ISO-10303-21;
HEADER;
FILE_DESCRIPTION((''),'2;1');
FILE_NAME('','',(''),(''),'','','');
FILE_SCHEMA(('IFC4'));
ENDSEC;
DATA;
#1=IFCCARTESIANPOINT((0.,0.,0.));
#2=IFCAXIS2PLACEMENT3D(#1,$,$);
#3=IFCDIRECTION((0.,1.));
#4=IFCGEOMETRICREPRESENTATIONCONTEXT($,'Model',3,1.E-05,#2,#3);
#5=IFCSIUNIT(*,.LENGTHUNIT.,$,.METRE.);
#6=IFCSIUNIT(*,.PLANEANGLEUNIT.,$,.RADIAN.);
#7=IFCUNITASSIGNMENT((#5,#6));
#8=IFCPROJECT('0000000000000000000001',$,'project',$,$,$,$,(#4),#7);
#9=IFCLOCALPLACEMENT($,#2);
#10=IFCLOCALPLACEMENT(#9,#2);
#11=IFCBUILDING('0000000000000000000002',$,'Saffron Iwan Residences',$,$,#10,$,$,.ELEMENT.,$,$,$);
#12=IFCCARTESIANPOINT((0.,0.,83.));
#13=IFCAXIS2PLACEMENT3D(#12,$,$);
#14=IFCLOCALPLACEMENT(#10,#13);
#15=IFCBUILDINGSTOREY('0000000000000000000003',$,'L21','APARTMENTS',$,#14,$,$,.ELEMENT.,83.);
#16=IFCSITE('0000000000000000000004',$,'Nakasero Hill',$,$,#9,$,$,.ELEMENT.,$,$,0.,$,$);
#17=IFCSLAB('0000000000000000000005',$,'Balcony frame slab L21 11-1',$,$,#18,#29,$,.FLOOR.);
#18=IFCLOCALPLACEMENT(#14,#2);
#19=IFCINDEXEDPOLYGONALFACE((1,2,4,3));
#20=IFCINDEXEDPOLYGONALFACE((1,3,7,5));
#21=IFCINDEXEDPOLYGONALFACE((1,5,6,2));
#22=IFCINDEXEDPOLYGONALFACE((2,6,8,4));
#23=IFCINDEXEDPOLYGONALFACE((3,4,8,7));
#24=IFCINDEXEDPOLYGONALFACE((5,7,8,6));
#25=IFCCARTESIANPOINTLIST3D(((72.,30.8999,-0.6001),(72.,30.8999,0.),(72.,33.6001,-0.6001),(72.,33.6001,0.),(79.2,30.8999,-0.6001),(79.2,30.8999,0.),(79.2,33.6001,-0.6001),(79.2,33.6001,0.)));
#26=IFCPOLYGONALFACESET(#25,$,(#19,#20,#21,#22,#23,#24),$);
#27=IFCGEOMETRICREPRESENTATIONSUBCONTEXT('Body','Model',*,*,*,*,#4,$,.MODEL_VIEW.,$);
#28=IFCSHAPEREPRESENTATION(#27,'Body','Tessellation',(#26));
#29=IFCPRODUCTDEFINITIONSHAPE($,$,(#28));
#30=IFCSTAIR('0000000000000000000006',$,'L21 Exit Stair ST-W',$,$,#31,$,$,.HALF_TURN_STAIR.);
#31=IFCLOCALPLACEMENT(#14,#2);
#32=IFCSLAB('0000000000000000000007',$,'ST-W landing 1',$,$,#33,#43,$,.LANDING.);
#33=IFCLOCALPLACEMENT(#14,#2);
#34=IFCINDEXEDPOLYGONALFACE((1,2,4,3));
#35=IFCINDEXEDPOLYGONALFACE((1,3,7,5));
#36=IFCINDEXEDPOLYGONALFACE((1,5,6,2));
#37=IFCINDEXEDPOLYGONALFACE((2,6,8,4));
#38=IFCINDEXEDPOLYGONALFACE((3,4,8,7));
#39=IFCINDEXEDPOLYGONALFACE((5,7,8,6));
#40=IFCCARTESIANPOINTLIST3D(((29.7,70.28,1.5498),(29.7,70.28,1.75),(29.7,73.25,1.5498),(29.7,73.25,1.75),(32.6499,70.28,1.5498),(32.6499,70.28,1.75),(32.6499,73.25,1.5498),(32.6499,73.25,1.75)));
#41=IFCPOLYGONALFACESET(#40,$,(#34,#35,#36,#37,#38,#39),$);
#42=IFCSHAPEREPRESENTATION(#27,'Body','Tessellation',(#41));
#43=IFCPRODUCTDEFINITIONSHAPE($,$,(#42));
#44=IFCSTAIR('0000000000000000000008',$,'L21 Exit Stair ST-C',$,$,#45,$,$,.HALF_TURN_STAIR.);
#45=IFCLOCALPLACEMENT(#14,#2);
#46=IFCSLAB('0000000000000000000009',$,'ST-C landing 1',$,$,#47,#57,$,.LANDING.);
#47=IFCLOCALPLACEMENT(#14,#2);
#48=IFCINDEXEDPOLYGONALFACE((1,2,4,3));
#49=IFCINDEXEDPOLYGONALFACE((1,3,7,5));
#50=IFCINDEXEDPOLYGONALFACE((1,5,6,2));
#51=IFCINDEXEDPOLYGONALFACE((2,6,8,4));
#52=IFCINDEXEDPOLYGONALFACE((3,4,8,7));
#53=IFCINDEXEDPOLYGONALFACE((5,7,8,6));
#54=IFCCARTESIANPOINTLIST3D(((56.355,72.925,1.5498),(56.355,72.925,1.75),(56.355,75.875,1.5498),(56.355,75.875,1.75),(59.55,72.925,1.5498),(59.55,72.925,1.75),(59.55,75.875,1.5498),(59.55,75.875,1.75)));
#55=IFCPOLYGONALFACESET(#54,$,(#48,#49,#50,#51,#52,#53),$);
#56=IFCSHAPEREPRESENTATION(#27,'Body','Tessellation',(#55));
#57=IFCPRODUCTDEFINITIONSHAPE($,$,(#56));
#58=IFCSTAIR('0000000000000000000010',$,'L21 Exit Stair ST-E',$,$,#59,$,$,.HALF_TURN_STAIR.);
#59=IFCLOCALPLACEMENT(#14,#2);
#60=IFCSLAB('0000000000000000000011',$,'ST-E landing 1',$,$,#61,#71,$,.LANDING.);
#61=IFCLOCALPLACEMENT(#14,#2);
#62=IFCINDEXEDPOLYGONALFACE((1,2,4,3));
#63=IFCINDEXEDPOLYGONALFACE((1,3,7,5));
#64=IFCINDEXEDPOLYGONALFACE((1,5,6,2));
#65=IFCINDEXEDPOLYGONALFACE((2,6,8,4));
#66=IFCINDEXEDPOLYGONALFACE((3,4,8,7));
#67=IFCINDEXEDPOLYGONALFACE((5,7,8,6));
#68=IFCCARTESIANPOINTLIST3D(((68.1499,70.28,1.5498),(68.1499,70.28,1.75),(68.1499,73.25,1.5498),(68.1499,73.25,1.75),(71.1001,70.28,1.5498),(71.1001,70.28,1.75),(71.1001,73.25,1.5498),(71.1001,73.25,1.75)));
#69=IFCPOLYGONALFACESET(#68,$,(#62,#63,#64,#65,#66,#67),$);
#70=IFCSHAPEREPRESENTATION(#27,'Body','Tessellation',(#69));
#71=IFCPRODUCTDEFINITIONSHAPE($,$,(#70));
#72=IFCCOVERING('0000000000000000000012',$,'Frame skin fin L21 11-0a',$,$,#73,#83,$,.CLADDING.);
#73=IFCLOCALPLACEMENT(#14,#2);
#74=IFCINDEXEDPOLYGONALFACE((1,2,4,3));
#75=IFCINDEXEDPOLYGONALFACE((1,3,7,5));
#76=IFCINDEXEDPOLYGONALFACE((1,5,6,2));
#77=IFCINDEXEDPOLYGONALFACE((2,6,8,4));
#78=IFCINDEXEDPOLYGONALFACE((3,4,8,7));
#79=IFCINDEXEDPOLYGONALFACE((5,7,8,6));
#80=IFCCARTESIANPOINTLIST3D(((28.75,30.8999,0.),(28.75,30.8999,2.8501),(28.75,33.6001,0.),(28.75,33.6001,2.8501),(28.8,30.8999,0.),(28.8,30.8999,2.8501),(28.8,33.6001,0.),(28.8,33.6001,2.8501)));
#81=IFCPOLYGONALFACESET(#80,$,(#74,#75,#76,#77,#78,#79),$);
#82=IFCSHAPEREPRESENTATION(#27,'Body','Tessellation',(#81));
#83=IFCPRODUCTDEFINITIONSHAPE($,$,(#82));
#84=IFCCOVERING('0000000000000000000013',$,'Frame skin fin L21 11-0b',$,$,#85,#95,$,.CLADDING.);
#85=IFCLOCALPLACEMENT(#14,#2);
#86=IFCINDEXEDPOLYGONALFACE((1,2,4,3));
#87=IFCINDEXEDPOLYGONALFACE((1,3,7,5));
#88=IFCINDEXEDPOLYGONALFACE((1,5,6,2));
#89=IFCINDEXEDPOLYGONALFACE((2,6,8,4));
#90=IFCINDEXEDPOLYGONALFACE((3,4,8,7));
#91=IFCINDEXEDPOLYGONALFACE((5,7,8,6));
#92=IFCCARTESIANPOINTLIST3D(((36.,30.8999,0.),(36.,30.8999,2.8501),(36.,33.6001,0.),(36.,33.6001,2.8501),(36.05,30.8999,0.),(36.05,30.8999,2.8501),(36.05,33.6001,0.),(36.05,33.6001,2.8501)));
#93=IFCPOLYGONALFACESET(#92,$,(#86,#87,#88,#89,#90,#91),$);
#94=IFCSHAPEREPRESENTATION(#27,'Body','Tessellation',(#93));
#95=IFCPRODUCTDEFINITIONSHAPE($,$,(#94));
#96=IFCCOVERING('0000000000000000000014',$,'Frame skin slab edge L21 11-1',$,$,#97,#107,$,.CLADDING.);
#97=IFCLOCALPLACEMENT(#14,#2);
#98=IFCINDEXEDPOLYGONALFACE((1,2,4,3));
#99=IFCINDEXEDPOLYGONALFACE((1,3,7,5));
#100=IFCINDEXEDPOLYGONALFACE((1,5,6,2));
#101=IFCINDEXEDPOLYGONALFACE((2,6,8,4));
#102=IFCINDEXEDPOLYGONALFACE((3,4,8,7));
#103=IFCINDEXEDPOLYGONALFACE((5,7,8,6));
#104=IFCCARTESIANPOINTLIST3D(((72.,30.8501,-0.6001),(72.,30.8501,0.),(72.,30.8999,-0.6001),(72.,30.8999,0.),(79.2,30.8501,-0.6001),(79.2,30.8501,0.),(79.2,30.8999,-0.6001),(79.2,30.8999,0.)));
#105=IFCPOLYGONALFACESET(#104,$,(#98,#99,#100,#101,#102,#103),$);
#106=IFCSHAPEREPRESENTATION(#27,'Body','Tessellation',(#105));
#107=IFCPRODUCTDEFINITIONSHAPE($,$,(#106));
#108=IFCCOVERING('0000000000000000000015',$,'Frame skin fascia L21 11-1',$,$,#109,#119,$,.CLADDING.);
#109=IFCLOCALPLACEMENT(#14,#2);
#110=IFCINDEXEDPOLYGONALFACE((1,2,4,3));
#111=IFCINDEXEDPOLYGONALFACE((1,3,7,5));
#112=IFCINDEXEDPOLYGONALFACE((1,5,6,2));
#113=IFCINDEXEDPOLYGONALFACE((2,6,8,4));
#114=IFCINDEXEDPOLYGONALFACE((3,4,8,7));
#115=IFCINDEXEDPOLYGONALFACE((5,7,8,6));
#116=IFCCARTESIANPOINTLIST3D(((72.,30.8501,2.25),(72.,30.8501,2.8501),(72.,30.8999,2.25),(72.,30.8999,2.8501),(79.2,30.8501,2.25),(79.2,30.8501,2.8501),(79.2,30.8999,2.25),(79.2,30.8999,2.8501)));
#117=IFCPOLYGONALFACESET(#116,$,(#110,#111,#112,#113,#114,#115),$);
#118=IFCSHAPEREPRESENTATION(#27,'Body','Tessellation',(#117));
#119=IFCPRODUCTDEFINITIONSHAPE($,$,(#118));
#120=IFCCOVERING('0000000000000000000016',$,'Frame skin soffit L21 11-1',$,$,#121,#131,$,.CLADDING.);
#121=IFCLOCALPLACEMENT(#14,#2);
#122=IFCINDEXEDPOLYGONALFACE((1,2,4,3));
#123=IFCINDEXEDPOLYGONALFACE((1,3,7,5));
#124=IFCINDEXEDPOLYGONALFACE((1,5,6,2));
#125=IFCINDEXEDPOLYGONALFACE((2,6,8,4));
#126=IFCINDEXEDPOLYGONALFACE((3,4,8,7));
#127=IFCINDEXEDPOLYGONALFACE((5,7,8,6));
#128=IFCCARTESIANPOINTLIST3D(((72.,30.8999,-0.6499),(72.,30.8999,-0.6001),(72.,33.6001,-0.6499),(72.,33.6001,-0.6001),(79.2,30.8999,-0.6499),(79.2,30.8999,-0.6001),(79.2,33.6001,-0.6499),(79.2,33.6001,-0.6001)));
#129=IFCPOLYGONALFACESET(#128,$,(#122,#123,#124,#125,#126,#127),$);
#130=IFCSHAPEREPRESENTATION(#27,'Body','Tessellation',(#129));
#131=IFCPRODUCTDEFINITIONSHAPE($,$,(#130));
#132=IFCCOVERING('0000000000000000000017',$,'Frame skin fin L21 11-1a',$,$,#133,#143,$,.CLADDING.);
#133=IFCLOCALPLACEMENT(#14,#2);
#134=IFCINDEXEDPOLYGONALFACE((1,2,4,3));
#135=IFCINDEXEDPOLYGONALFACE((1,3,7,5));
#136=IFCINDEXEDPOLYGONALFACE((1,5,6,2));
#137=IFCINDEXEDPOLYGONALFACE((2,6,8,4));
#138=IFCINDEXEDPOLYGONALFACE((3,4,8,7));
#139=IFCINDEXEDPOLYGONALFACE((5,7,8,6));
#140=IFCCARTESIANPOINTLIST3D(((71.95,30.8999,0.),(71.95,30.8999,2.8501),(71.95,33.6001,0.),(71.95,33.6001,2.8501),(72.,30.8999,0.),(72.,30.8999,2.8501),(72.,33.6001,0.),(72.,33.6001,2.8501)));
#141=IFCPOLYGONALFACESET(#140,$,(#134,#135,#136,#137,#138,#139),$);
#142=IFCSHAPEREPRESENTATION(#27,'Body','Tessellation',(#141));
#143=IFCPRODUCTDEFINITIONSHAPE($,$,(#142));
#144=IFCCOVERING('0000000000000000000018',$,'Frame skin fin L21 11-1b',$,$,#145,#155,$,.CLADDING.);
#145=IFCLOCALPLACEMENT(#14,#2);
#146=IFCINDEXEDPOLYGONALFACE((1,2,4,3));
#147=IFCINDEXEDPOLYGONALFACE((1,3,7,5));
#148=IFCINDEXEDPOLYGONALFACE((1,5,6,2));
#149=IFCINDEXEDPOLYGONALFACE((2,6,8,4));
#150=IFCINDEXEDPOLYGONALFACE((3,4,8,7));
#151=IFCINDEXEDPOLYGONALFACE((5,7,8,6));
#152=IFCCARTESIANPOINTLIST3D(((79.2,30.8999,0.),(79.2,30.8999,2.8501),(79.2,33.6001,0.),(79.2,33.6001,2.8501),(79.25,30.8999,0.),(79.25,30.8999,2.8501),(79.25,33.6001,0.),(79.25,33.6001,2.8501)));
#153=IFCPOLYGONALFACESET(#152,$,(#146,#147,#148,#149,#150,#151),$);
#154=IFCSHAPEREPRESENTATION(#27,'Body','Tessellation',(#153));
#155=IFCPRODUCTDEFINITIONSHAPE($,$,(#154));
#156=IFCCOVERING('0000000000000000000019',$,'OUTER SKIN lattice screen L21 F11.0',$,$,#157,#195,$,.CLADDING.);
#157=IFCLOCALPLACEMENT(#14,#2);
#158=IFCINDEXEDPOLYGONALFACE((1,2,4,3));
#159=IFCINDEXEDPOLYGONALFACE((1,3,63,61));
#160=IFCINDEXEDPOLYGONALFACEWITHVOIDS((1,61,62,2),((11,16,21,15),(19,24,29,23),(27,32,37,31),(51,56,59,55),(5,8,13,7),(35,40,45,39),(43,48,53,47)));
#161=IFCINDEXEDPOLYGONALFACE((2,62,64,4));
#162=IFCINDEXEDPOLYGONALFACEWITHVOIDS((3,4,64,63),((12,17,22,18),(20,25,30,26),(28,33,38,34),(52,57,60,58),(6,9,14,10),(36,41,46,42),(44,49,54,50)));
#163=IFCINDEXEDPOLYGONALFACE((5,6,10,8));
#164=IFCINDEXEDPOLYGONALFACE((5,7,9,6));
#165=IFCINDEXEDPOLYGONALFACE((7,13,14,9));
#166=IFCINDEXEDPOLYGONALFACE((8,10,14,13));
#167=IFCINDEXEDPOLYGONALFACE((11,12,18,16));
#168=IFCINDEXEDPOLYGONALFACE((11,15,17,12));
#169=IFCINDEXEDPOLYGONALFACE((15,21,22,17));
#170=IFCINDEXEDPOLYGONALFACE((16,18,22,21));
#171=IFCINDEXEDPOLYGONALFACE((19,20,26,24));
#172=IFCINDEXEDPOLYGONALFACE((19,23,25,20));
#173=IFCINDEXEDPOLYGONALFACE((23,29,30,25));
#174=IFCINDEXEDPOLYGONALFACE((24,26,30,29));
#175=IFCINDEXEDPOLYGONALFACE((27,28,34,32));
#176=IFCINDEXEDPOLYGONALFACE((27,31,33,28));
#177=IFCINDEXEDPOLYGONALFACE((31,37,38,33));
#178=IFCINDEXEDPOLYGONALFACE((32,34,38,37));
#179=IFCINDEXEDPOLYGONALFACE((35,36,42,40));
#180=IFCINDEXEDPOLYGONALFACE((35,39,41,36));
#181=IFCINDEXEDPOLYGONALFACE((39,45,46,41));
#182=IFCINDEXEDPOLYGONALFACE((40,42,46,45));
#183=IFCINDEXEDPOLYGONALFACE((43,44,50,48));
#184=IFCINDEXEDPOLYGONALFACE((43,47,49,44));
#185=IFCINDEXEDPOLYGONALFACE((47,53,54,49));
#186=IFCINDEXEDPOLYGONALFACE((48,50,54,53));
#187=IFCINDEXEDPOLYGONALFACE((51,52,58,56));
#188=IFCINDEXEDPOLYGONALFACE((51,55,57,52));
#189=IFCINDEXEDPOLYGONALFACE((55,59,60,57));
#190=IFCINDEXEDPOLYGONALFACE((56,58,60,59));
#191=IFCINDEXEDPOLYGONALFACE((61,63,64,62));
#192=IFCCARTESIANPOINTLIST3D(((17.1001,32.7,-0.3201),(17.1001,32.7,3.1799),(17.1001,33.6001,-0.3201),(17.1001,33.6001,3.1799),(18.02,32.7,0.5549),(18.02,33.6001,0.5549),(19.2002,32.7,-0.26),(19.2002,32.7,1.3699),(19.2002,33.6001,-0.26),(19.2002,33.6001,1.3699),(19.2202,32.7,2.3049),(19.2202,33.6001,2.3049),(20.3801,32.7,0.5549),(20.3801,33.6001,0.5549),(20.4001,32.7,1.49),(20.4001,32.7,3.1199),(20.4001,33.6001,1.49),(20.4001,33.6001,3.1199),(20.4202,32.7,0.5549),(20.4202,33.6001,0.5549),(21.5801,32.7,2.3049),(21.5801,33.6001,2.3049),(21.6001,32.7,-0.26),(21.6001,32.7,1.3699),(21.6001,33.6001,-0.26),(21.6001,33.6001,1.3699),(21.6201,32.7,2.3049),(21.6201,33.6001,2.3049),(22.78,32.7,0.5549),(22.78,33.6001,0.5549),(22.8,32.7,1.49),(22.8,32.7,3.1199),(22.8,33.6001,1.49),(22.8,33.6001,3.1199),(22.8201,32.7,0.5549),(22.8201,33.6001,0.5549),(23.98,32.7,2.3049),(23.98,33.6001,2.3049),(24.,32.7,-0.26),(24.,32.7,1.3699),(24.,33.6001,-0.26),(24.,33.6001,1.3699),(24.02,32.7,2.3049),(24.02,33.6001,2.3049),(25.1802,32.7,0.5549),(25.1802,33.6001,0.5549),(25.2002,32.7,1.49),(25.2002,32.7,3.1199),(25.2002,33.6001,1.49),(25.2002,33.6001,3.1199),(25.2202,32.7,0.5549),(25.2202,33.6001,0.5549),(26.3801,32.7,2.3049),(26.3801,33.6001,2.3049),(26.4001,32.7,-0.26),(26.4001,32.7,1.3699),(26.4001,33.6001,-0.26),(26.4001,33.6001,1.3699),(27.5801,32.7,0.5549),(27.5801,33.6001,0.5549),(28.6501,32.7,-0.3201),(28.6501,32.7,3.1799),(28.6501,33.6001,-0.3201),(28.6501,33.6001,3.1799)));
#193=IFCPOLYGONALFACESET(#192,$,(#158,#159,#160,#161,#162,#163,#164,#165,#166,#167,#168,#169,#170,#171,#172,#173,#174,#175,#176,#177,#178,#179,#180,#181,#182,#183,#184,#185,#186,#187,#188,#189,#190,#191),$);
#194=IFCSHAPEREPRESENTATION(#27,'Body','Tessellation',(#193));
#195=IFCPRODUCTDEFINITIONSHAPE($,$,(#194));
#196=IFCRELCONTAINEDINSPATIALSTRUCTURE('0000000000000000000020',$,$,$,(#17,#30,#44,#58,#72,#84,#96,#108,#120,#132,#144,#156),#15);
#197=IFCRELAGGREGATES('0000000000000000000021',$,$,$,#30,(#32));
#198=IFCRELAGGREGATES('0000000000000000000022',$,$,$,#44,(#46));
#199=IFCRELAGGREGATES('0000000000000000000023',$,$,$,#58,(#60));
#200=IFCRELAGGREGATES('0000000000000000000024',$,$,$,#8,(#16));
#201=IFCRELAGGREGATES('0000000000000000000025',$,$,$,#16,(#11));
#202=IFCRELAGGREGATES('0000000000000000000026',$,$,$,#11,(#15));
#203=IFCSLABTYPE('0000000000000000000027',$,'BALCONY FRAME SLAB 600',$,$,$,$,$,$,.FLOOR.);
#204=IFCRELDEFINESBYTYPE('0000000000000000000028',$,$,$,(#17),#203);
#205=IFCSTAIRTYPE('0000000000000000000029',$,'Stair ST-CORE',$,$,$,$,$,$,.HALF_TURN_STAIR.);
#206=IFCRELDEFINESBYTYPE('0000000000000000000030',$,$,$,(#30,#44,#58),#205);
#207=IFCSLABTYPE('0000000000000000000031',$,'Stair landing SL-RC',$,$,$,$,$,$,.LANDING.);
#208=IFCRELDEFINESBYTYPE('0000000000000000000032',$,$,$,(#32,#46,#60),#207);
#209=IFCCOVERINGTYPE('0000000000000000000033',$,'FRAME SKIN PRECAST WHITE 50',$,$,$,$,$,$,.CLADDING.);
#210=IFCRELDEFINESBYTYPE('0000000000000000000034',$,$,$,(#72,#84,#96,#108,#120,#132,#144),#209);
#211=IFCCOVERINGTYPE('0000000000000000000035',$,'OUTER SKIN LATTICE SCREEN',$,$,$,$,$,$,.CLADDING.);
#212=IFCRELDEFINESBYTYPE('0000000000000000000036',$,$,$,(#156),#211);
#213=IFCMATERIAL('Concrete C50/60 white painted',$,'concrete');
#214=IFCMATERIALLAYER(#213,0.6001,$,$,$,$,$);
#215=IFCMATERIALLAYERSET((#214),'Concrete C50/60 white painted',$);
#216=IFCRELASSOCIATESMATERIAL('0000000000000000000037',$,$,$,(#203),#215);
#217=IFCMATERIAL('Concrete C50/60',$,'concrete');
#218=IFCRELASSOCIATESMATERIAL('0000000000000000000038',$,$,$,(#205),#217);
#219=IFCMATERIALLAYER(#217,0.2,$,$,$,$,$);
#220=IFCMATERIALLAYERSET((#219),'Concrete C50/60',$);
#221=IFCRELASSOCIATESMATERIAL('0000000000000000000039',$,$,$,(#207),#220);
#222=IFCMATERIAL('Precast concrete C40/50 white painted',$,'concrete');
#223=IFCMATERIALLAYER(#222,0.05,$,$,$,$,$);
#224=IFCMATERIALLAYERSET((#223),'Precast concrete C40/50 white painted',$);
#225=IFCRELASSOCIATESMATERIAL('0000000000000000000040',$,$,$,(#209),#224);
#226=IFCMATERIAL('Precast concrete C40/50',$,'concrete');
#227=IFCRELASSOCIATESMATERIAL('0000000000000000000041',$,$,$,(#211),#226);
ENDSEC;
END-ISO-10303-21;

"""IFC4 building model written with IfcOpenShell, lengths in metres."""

from ifc_helpers import new_model, si_unit, direction, frame, origin, place, context, subcontext, project, spatial, polyline, outline, extrude, material, layer, layer_set, type_object, element, aggregate, save


model = new_model("IFC4")

# Units and contexts
model_context = context("Model", 3, precision=1e-05, world=origin(), true_north=direction((0.0, 1.0)))
body_context = subcontext(model_context, "Body", "Model", "MODEL_VIEW")
ifc_project = project(units=[si_unit("LENGTHUNIT", "METRE"), si_unit("PLANEANGLEUNIT", "RADIAN")], contexts=[model_context])

# Site, building, storey
site_placement = place(None, origin())
site = spatial("IfcSite", under=ifc_project, at=site_placement, Name="Nakasero Hill", CompositionType="ELEMENT", RefElevation=0.0)
building_placement = place(site_placement, origin())
building = spatial("IfcBuilding", under=site, at=building_placement, Name="Saffron Iwan Residences", CompositionType="ELEMENT")
storey_placement = place(building_placement, frame((0.0, 0.0, 83.0)))
storey = spatial("IfcBuildingStorey", under=building, at=storey_placement, Name="L21", Description="APARTMENTS", CompositionType="ELEMENT", Elevation=83.0)

# Slab
ifc_material_1 = material(Name="Concrete C50/60 white painted", Category="concrete")
ifc_layer_1 = layer(ifc_material_1, 0.6001)
ifc_layer_set_1 = layer_set([ifc_layer_1], Name="Concrete C50/60 white painted")
slab_type_1 = type_object("IfcSlabType", Name="BALCONY FRAME SLAB 600", PredefinedType="FLOOR", material=ifc_layer_set_1)
slab_1_placement = place(storey_placement, frame((0.0, 0.0, -0.6001)))
element("IfcSlab", 1, at=slab_1_placement, inside=storey, type_object=slab_type_1, Name="Balcony frame slab L21 11-1", PredefinedType="FLOOR", context=body_context, shape_type="SweptSolid", body=[
    extrude(outline(polyline([(72.0, 30.8999), (79.2, 30.8999), (79.2, 33.6001), (72.0, 33.6001), (72.0, 30.8999)])), origin(), (0.0, 0.0, 1.0), 0.6001),
])

# Stairs, slabs
ifc_material_2 = material(Name="Concrete C50/60", Category="concrete")
stair_type = type_object("IfcStairType", Name="Stair ST-CORE", PredefinedType="HALF_TURN_STAIR", material=ifc_material_2)
stair_1_placement = place(storey_placement, origin())
stair_1 = element("IfcStair", 2, at=stair_1_placement, inside=storey, type_object=stair_type, Name="L21 Exit Stair ST-W", PredefinedType="HALF_TURN_STAIR")
ifc_layer_2 = layer(ifc_material_2, 0.2)
ifc_layer_set_2 = layer_set([ifc_layer_2], Name="Concrete C50/60")
slab_type_2 = type_object("IfcSlabType", Name="Stair landing SL-RC", PredefinedType="LANDING", material=ifc_layer_set_2)
slab_2_placement = place(storey_placement, frame((0.0, 0.0, 1.5498)))
slab_2 = element("IfcSlab", 3, at=slab_2_placement, type_object=slab_type_2, Name="ST-W landing 1", PredefinedType="LANDING", context=body_context, shape_type="SweptSolid", body=[
    extrude(outline(polyline([(32.6499, 70.28), (32.6499, 73.25), (29.7, 73.25), (29.7, 70.28), (32.6499, 70.28)])), origin(), (0.0, 0.0, 1.0), 0.2002),
])
aggregate(stair_1, [slab_2])
stair_2_placement = place(storey_placement, origin())
stair_2 = element("IfcStair", 4, at=stair_2_placement, inside=storey, type_object=stair_type, Name="L21 Exit Stair ST-C", PredefinedType="HALF_TURN_STAIR")
slab_3_placement = place(storey_placement, frame((0.0, 0.0, 1.5498)))
slab_3 = element("IfcSlab", 5, at=slab_3_placement, type_object=slab_type_2, Name="ST-C landing 1", PredefinedType="LANDING", context=body_context, shape_type="SweptSolid", body=[
    extrude(outline(polyline([(56.355, 72.925), (59.55, 72.925), (59.55, 75.875), (56.355, 75.875), (56.355, 72.925)])), origin(), (0.0, 0.0, 1.0), 0.2002),
])
aggregate(stair_2, [slab_3])
stair_3_placement = place(storey_placement, origin())
stair_3 = element("IfcStair", 6, at=stair_3_placement, inside=storey, type_object=stair_type, Name="L21 Exit Stair ST-E", PredefinedType="HALF_TURN_STAIR")
slab_4_placement = place(storey_placement, frame((0.0, 0.0, 1.5498)))
slab_4 = element("IfcSlab", 7, at=slab_4_placement, type_object=slab_type_2, Name="ST-E landing 1", PredefinedType="LANDING", context=body_context, shape_type="SweptSolid", body=[
    extrude(outline(polyline([(71.1001, 70.28), (71.1001, 73.25), (68.1499, 73.25), (68.1499, 70.28), (71.1001, 70.28)])), origin(), (0.0, 0.0, 1.0), 0.2002),
])
aggregate(stair_3, [slab_4])

# Coverings
ifc_material_3 = material(Name="Precast concrete C40/50 white painted", Category="concrete")
ifc_layer_3 = layer(ifc_material_3, 0.05)
ifc_layer_set_3 = layer_set([ifc_layer_3], Name="Precast concrete C40/50 white painted")
covering_type_1 = type_object("IfcCoveringType", Name="FRAME SKIN PRECAST WHITE 50", PredefinedType="CLADDING", material=ifc_layer_set_3)
covering_1_placement = place(storey_placement, origin())
element("IfcCovering", 8, at=covering_1_placement, inside=storey, type_object=covering_type_1, Name="Frame skin fin L21 11-0a", PredefinedType="CLADDING", context=body_context, shape_type="SweptSolid", body=[
    extrude(outline(polyline([(28.75, 30.8999), (28.8, 30.8999), (28.8, 33.6001), (28.75, 33.6001), (28.75, 30.8999)])), origin(), (0.0, 0.0, 1.0), 2.8501),
])
covering_2_placement = place(storey_placement, origin())
element("IfcCovering", 9, at=covering_2_placement, inside=storey, type_object=covering_type_1, Name="Frame skin fin L21 11-0b", PredefinedType="CLADDING", context=body_context, shape_type="SweptSolid", body=[
    extrude(outline(polyline([(36.0, 30.8999), (36.05, 30.8999), (36.05, 33.6001), (36.0, 33.6001), (36.0, 30.8999)])), origin(), (0.0, 0.0, 1.0), 2.8501),
])
for number, where, name in (
    (10, (0.0, 0.0, -0.6001), "Frame skin slab edge L21 11-1"),
    (11, (0.0, 0.0, 2.25), "Frame skin fascia L21 11-1"),
):
    element("IfcCovering", number, at=place(storey_placement, frame(where)), inside=storey, type_object=covering_type_1, Name=name, PredefinedType="CLADDING", context=body_context, shape_type="SweptSolid", body=[
        extrude(outline(polyline([(72.0, 30.8501), (79.2, 30.8501), (79.2, 30.8999), (72.0, 30.8999), (72.0, 30.8501)])), origin(), (0.0, 0.0, 1.0), 0.6001),
    ])
covering_3_placement = place(storey_placement, frame((0.0, 0.0, -0.6499)))
element("IfcCovering", 12, at=covering_3_placement, inside=storey, type_object=covering_type_1, Name="Frame skin soffit L21 11-1", PredefinedType="CLADDING", context=body_context, shape_type="SweptSolid", body=[
    extrude(outline(polyline([(72.0, 30.8999), (79.2, 30.8999), (79.2, 33.6001), (72.0, 33.6001), (72.0, 30.8999)])), origin(), (0.0, 0.0, 1.0), 0.0498),
])
covering_4_placement = place(storey_placement, origin())
element("IfcCovering", 13, at=covering_4_placement, inside=storey, type_object=covering_type_1, Name="Frame skin fin L21 11-1a", PredefinedType="CLADDING", context=body_context, shape_type="SweptSolid", body=[
    extrude(outline(polyline([(71.95, 30.8999), (72.0, 30.8999), (72.0, 33.6001), (71.95, 33.6001), (71.95, 30.8999)])), origin(), (0.0, 0.0, 1.0), 2.8501),
])
covering_5_placement = place(storey_placement, origin())
element("IfcCovering", 14, at=covering_5_placement, inside=storey, type_object=covering_type_1, Name="Frame skin fin L21 11-1b", PredefinedType="CLADDING", context=body_context, shape_type="SweptSolid", body=[
    extrude(outline(polyline([(79.2, 30.8999), (79.25, 30.8999), (79.25, 33.6001), (79.2, 33.6001), (79.2, 30.8999)])), origin(), (0.0, 0.0, 1.0), 2.8501),
])
ifc_material_4 = material(Name="Precast concrete C40/50", Category="concrete")
covering_type_2 = type_object("IfcCoveringType", Name="OUTER SKIN LATTICE SCREEN", PredefinedType="CLADDING", material=ifc_material_4)
covering_6_placement = place(storey_placement, frame((17.1001, 33.6001, -0.3201), z_axis=(0.0, -1.0, 0.0), x_axis=(1.0, 0.0, 0.0)))
element("IfcCovering", 15, at=covering_6_placement, inside=storey, type_object=covering_type_2, Name="OUTER SKIN lattice screen L21 F11.0", PredefinedType="CLADDING", context=body_context, shape_type="SweptSolid", body=[
    extrude(outline(polyline([(0.0, 0.0), (11.55, 0.0), (11.55, 3.5), (0.0, 3.5), (0.0, 0.0)]), holes=[polyline([(0.9199, 0.875), (2.1001, 0.0601), (3.28, 0.875), (2.1001, 1.6899), (0.9199, 0.875)]), polyline([(3.3201, 0.875), (4.5, 0.0601), (5.6799, 0.875), (4.5, 1.6899), (3.3201, 0.875)]), polyline([(5.72, 0.875), (6.8999, 0.0601), (8.0801, 0.875), (6.8999, 1.6899), (5.72, 0.875)]), polyline([(8.1201, 0.875), (9.3, 0.0601), (10.48, 0.875), (9.3, 1.6899), (8.1201, 0.875)]), polyline([(2.1201, 2.625), (3.3, 1.8101), (4.48, 2.625), (3.3, 3.4399), (2.1201, 2.625)]), polyline([(4.52, 2.625), (5.7, 1.8101), (6.8799, 2.625), (5.7, 3.4399), (4.52, 2.625)]), polyline([(6.9199, 2.625), (8.1001, 1.8101), (9.28, 2.625), (8.1001, 3.4399), (6.9199, 2.625)])]), origin(), (0.0, 0.0, 1.0), 0.9001),
])

save(model, "model.ifc")
